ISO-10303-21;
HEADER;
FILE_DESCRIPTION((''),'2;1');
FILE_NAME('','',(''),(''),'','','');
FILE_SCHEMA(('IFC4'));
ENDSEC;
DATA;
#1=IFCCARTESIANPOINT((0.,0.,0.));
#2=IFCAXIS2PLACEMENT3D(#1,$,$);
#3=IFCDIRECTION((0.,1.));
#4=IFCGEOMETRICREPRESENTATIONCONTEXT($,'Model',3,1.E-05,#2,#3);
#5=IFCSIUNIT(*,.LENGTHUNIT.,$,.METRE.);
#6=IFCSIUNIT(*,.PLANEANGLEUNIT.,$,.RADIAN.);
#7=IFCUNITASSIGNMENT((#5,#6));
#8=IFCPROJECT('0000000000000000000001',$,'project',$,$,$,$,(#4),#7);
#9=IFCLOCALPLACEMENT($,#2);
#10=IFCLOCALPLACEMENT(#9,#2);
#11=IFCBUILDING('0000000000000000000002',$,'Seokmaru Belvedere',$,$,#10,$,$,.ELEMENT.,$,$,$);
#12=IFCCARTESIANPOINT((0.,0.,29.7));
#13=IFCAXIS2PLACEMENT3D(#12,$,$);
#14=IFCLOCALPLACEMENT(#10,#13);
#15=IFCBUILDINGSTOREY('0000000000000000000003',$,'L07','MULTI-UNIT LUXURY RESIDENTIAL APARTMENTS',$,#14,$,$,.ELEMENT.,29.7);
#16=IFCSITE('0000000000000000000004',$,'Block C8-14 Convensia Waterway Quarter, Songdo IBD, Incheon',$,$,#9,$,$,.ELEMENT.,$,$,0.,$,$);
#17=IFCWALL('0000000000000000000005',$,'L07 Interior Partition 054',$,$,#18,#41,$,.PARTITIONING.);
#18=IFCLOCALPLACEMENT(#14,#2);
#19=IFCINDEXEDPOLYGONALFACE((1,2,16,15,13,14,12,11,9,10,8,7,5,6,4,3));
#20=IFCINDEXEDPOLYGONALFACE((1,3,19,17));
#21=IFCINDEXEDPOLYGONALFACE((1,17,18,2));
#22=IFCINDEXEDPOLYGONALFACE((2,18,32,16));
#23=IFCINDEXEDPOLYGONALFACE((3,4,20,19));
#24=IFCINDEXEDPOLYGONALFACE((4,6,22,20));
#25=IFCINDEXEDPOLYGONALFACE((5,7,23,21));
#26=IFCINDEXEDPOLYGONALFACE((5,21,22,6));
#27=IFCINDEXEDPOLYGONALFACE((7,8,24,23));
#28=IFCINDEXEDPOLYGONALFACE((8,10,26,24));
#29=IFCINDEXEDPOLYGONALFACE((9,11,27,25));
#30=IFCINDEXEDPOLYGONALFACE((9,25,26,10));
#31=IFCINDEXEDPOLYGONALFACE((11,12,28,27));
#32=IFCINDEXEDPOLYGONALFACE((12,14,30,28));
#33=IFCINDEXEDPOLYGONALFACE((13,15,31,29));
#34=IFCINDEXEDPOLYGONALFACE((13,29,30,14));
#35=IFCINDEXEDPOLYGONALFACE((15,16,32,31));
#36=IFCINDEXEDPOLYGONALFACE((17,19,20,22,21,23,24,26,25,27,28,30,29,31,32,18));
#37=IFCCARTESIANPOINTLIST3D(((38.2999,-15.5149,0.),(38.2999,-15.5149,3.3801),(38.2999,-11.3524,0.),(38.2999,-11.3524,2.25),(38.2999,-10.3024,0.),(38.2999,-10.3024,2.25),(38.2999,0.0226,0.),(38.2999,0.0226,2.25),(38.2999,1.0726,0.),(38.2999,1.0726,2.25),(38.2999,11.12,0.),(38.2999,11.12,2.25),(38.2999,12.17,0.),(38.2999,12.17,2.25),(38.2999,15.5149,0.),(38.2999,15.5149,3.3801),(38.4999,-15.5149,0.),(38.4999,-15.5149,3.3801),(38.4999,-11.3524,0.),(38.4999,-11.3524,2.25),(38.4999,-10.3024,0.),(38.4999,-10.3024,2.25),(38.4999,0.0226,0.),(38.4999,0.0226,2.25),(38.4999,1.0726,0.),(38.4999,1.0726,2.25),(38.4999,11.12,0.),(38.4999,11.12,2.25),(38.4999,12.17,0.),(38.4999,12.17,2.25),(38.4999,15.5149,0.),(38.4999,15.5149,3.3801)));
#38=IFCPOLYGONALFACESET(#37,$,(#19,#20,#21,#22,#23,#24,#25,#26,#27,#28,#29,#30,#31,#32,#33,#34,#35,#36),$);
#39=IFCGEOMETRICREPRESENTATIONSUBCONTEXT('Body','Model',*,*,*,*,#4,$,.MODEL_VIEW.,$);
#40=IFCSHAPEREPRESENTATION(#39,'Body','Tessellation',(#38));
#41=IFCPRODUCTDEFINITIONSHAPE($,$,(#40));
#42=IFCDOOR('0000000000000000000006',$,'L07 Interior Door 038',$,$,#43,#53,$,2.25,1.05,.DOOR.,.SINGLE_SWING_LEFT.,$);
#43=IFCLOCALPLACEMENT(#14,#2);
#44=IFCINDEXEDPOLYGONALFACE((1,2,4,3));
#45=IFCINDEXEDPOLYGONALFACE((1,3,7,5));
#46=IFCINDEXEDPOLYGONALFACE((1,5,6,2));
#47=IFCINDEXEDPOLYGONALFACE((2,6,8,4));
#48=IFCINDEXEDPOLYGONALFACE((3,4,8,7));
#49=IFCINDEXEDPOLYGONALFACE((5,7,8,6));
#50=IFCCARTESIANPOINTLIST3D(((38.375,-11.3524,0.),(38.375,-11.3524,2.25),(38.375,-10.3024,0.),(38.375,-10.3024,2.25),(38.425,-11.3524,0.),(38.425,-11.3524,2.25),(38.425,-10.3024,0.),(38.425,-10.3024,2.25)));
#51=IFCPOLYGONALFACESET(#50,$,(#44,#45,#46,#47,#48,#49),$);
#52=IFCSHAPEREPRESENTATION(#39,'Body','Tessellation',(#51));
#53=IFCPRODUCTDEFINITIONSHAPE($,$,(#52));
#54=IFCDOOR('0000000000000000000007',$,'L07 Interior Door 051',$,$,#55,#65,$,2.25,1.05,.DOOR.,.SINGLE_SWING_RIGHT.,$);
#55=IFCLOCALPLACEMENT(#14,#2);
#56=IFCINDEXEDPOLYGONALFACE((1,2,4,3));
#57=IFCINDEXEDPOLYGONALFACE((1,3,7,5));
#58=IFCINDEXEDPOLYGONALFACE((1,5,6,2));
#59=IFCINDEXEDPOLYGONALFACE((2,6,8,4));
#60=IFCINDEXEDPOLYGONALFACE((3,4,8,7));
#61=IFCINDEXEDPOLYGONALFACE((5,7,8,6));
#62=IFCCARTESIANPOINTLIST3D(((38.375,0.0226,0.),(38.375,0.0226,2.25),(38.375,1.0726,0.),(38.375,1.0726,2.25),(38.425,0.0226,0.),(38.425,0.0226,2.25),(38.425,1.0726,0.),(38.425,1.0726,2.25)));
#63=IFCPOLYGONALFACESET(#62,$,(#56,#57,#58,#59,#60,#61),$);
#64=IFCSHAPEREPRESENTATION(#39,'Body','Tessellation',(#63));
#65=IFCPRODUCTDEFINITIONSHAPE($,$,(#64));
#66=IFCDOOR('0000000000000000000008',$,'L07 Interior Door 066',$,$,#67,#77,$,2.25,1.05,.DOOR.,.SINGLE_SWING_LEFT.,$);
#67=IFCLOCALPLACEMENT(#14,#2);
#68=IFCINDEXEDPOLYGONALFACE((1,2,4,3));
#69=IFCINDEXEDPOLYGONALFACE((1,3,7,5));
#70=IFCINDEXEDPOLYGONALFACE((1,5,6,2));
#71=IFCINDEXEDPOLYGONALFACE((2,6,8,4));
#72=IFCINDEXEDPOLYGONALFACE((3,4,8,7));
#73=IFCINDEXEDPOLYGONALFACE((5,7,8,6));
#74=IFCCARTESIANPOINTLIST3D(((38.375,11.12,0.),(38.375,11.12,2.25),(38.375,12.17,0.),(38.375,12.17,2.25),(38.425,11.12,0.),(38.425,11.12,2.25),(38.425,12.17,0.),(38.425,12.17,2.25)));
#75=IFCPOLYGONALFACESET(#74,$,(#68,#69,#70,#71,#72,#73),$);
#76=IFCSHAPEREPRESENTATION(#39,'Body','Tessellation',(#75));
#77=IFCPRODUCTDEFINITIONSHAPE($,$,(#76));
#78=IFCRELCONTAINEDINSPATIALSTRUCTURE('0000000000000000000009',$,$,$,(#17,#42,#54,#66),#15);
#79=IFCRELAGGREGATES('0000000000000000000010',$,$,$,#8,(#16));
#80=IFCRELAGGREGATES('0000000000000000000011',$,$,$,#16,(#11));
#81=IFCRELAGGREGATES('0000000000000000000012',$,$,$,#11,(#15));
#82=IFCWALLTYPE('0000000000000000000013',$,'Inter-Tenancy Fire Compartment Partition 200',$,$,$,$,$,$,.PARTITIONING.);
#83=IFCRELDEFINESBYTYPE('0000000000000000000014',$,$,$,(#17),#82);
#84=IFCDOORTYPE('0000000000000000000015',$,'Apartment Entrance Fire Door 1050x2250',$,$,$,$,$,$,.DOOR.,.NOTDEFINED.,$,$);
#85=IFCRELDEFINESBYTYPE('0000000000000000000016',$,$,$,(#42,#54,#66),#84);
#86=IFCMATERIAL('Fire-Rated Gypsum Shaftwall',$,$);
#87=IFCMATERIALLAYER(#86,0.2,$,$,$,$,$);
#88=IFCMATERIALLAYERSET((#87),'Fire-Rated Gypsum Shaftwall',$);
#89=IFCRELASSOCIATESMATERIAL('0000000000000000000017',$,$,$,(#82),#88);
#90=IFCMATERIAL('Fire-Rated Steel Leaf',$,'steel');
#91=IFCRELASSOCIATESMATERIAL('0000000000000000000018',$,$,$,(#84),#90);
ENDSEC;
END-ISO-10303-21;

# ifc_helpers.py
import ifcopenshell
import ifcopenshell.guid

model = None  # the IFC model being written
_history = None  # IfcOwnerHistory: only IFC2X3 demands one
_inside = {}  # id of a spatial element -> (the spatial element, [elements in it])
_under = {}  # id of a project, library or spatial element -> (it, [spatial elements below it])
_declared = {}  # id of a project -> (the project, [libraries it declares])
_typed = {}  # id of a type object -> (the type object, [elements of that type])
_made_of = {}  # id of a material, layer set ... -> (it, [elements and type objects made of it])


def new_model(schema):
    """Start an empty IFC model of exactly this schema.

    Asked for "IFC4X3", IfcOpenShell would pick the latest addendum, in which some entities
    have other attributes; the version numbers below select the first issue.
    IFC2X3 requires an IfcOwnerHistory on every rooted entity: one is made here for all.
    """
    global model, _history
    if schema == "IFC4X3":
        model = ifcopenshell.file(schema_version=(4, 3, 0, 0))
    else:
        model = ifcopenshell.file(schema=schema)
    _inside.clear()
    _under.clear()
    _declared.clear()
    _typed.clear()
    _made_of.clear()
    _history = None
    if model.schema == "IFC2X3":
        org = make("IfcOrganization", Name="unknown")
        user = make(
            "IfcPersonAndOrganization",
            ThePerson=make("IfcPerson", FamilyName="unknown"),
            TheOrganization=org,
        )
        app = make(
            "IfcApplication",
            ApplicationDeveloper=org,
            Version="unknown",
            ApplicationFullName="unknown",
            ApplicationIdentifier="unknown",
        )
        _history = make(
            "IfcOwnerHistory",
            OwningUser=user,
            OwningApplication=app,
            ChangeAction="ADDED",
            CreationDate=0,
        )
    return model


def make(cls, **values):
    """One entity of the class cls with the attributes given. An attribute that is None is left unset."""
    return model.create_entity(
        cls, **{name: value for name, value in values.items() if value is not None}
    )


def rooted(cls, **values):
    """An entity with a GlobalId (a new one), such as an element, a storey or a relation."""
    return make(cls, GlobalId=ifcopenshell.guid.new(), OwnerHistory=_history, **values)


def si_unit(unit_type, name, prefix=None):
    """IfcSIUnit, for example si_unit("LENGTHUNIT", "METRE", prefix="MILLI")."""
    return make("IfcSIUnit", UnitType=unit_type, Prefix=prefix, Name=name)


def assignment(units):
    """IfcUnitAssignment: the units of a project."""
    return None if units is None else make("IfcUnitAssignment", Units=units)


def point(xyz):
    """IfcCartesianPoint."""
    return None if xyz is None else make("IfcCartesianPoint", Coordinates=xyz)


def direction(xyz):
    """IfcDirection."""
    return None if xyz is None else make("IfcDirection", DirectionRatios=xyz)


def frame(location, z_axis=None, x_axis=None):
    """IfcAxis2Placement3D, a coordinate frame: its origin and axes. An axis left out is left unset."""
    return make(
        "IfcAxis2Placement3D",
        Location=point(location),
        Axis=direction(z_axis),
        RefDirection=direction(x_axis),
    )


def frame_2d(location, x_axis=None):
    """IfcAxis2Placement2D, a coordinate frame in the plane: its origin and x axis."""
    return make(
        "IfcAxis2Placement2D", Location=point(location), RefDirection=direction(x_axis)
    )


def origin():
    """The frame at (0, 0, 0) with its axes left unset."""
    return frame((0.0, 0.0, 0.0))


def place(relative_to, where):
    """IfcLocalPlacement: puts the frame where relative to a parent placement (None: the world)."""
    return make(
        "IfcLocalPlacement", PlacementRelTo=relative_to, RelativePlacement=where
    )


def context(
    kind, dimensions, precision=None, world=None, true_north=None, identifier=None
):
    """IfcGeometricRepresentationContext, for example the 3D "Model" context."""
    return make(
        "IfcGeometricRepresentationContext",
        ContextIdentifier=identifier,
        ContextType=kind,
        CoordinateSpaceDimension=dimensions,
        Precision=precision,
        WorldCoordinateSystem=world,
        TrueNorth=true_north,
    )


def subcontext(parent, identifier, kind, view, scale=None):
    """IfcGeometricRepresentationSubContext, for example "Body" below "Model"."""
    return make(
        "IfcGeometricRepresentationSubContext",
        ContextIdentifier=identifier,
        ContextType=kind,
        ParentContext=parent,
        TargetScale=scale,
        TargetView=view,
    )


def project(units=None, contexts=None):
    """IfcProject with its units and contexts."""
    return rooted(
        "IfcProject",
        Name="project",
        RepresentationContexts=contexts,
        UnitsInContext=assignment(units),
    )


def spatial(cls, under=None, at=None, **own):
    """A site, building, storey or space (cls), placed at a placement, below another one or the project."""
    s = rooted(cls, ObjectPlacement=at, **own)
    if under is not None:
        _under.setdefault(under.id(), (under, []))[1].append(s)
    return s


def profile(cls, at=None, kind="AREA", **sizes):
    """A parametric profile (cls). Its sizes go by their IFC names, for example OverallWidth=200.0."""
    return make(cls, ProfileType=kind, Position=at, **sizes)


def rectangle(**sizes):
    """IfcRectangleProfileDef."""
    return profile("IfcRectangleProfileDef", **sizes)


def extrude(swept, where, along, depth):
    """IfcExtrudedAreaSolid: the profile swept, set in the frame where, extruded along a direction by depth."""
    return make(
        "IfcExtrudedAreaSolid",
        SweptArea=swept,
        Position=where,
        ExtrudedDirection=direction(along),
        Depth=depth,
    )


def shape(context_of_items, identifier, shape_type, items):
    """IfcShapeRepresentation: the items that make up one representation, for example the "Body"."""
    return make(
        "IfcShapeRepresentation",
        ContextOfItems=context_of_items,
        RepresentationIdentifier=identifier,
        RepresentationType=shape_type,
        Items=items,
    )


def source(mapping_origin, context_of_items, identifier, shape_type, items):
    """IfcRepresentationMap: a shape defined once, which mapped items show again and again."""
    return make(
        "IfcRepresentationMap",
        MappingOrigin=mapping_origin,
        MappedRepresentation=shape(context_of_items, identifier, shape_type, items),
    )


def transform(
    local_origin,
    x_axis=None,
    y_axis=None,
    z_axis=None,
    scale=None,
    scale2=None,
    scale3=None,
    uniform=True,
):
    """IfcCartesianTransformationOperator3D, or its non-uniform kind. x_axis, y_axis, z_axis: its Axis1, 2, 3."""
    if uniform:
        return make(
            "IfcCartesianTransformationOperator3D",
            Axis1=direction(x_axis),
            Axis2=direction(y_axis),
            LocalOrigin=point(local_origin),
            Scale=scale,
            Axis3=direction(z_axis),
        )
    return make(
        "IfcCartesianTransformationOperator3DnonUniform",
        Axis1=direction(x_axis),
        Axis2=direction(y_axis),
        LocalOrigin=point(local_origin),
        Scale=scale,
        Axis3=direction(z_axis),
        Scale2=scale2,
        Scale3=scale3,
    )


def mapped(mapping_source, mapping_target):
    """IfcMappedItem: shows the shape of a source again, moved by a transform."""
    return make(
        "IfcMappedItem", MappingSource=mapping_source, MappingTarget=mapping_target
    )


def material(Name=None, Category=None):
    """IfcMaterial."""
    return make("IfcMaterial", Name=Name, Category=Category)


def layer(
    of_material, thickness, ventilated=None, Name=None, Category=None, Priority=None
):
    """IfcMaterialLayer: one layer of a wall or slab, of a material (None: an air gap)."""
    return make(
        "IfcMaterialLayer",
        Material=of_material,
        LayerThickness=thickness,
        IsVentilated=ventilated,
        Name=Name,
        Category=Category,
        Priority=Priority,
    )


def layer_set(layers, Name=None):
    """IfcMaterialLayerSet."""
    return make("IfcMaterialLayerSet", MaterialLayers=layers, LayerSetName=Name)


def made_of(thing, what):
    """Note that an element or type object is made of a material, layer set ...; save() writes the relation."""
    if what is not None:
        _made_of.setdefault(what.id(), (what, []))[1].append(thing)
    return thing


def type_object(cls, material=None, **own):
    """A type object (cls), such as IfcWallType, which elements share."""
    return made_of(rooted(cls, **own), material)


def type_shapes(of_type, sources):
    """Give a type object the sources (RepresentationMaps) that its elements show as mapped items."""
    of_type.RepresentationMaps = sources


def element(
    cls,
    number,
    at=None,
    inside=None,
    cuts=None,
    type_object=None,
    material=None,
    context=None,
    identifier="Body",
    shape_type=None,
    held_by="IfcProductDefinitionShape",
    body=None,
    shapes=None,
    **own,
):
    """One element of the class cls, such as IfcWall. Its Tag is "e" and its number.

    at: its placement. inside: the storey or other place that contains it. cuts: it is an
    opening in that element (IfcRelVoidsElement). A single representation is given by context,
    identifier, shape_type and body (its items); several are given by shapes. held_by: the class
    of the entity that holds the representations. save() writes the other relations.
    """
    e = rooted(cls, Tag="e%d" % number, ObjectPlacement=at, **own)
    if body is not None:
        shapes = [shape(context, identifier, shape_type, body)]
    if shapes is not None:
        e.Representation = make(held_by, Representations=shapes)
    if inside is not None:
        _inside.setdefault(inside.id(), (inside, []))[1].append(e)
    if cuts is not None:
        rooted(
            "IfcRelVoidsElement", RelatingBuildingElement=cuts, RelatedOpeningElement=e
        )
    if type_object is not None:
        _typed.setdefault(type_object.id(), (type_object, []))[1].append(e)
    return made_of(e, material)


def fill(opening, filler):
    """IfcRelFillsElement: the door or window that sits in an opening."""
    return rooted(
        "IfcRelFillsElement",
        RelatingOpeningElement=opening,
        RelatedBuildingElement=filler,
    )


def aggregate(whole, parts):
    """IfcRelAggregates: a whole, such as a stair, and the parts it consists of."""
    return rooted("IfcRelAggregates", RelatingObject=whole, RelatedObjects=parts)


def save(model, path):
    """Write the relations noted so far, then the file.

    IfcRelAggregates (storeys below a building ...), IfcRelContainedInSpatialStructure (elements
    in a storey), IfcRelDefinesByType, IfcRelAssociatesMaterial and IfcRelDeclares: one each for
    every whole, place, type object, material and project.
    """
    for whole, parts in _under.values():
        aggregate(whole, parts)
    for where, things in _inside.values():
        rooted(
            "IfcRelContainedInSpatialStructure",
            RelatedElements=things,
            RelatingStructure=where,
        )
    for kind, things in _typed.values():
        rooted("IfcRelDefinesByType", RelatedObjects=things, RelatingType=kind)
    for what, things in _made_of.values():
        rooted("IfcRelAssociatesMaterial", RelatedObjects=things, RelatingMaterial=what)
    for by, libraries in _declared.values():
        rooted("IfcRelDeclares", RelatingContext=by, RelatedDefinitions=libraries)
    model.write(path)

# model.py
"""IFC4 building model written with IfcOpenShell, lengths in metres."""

from ifc_helpers import new_model, si_unit, direction, frame, frame_2d, origin, place, context, subcontext, project, spatial, rectangle, extrude, source, transform, mapped, material, layer, layer_set, type_object, type_shapes, element, fill, save


model = new_model("IFC4")

# Units and contexts
model_context = context("Model", 3, precision=1e-05, world=origin(), true_north=direction((0.0, 1.0)))
body_context = subcontext(model_context, "Body", "Model", "MODEL_VIEW")
ifc_project = project(units=[si_unit("LENGTHUNIT", "METRE"), si_unit("PLANEANGLEUNIT", "RADIAN")], contexts=[model_context])

# Site, building, storey
site_placement = place(None, origin())
site = spatial("IfcSite", under=ifc_project, at=site_placement, Name="Block C8-14 Convensia Waterway Quarter, Songdo IBD, Incheon", CompositionType="ELEMENT", RefElevation=0.0)
building_placement = place(site_placement, origin())
building = spatial("IfcBuilding", under=site, at=building_placement, Name="Seokmaru Belvedere", CompositionType="ELEMENT")
storey_placement = place(building_placement, frame((0.0, 0.0, 29.7)))
storey = spatial("IfcBuildingStorey", under=building, at=storey_placement, Name="L07", Description="MULTI-UNIT LUXURY RESIDENTIAL APARTMENTS", CompositionType="ELEMENT", Elevation=29.7)

# Shared definitions
ifc_material_1 = material(Name="Fire-Rated Gypsum Shaftwall")

# Shared definitions
ifc_layer_1 = layer(ifc_material_1, 0.2)
ifc_layer_set_1 = layer_set([ifc_layer_1], Name="Fire-Rated Gypsum Shaftwall")
wall_type_1 = type_object("IfcWallType", Name="Inter-Tenancy Fire Compartment Partition 200", PredefinedType="PARTITIONING", material=ifc_layer_set_1)

# Wall, openings, doors
wall_1_placement = place(storey_placement, frame((38.3999, -15.5149, 0.0), z_axis=(0.0, 0.0, 1.0), x_axis=(0.0, 1.0, 0.0)))
wall_1 = element("IfcWall", 1, at=wall_1_placement, inside=storey, type_object=wall_type_1, Name="L07 Interior Partition 054", PredefinedType="PARTITIONING", context=body_context, shape_type="SweptSolid", body=[
    extrude(rectangle(XDim=31.0298, YDim=0.2, at=frame_2d((15.5149, 0.0))), origin(), (0.0, 0.0, 1.0), 3.3801),
])
opening_1_placement = place(wall_1_placement, frame((4.1626, 0.0, 0.0)))
opening_1 = element("IfcOpeningElement", 2, at=opening_1_placement, cuts=wall_1, PredefinedType="OPENING", context=body_context, shape_type="SweptSolid", body=[
    extrude(rectangle(XDim=1.05, YDim=2.25, at=frame_2d((0.5249, 1.125))), frame((0.0, 0.1099, 0.0), z_axis=(0.0, -1.0, 0.0), x_axis=(1.0, 0.0, 0.0)), (0.0, 0.0, 1.0), 0.22),
])
opening_2_placement = place(wall_1_placement, frame((15.5376, 0.0, 0.0)))
opening_2 = element("IfcOpeningElement", 3, at=opening_2_placement, cuts=wall_1, PredefinedType="OPENING", context=body_context, shape_type="SweptSolid", body=[
    extrude(rectangle(XDim=1.05, YDim=2.25, at=frame_2d((0.5249, 1.125))), frame((0.0, 0.1099, 0.0), z_axis=(0.0, -1.0, 0.0), x_axis=(1.0, 0.0, 0.0)), (0.0, 0.0, 1.0), 0.22),
])
opening_3_placement = place(wall_1_placement, frame((26.635, 0.0, 0.0)))
opening_3 = element("IfcOpeningElement", 4, at=opening_3_placement, cuts=wall_1, PredefinedType="OPENING", context=body_context, shape_type="SweptSolid", body=[
    extrude(rectangle(XDim=1.05, YDim=2.25, at=frame_2d((0.5249, 1.125))), frame((0.0, 0.1099, 0.0), z_axis=(0.0, -1.0, 0.0), x_axis=(1.0, 0.0, 0.0)), (0.0, 0.0, 1.0), 0.22),
])
ifc_material_2 = material(Name="Fire-Rated Steel Leaf", Category="steel")
door_type_1 = type_object("IfcDoorType", Name="Apartment Entrance Fire Door 1050x2250", OperationType="NOTDEFINED", PredefinedType="DOOR", material=ifc_material_2)
shared_shape_1 = source(origin(), body_context, "Body", "SweptSolid", [
    extrude(rectangle(XDim=1.05, YDim=2.25, at=frame_2d((0.5249, 1.125))), frame((0.0, 0.0249, 0.0), z_axis=(0.0, -1.0, 0.0), x_axis=(1.0, 0.0, 0.0)), (0.0, 0.0, 1.0), 0.05),
])
type_shapes(door_type_1, [shared_shape_1])
door_1_placement = place(opening_1_placement, origin())
door_1 = element("IfcDoor", 5, at=door_1_placement, inside=storey, type_object=door_type_1, Name="L07 Interior Door 038", OperationType="SINGLE_SWING_LEFT", OverallHeight=2.25, OverallWidth=1.05, PredefinedType="DOOR", context=body_context, shape_type="MappedRepresentation", body=[
    mapped(shared_shape_1, transform((0.0, 0.0, 0.0), scale=1.0)),
])
fill(opening_1, door_1)
door_2_placement = place(opening_2_placement, origin())
door_2 = element("IfcDoor", 6, at=door_2_placement, inside=storey, type_object=door_type_1, Name="L07 Interior Door 051", OperationType="SINGLE_SWING_RIGHT", OverallHeight=2.25, OverallWidth=1.05, PredefinedType="DOOR", context=body_context, shape_type="MappedRepresentation", body=[
    mapped(shared_shape_1, transform((0.0, 0.0, 0.0), scale=1.0)),
])
fill(opening_2, door_2)
door_3_placement = place(opening_3_placement, origin())
door_3 = element("IfcDoor", 7, at=door_3_placement, inside=storey, type_object=door_type_1, Name="L07 Interior Door 066", OperationType="SINGLE_SWING_LEFT", OverallHeight=2.25, OverallWidth=1.05, PredefinedType="DOOR", context=body_context, shape_type="MappedRepresentation", body=[
    mapped(shared_shape_1, transform((0.0, 0.0, 0.0), scale=1.0)),
])
fill(opening_3, door_3)

save(model, "model.ifc")
